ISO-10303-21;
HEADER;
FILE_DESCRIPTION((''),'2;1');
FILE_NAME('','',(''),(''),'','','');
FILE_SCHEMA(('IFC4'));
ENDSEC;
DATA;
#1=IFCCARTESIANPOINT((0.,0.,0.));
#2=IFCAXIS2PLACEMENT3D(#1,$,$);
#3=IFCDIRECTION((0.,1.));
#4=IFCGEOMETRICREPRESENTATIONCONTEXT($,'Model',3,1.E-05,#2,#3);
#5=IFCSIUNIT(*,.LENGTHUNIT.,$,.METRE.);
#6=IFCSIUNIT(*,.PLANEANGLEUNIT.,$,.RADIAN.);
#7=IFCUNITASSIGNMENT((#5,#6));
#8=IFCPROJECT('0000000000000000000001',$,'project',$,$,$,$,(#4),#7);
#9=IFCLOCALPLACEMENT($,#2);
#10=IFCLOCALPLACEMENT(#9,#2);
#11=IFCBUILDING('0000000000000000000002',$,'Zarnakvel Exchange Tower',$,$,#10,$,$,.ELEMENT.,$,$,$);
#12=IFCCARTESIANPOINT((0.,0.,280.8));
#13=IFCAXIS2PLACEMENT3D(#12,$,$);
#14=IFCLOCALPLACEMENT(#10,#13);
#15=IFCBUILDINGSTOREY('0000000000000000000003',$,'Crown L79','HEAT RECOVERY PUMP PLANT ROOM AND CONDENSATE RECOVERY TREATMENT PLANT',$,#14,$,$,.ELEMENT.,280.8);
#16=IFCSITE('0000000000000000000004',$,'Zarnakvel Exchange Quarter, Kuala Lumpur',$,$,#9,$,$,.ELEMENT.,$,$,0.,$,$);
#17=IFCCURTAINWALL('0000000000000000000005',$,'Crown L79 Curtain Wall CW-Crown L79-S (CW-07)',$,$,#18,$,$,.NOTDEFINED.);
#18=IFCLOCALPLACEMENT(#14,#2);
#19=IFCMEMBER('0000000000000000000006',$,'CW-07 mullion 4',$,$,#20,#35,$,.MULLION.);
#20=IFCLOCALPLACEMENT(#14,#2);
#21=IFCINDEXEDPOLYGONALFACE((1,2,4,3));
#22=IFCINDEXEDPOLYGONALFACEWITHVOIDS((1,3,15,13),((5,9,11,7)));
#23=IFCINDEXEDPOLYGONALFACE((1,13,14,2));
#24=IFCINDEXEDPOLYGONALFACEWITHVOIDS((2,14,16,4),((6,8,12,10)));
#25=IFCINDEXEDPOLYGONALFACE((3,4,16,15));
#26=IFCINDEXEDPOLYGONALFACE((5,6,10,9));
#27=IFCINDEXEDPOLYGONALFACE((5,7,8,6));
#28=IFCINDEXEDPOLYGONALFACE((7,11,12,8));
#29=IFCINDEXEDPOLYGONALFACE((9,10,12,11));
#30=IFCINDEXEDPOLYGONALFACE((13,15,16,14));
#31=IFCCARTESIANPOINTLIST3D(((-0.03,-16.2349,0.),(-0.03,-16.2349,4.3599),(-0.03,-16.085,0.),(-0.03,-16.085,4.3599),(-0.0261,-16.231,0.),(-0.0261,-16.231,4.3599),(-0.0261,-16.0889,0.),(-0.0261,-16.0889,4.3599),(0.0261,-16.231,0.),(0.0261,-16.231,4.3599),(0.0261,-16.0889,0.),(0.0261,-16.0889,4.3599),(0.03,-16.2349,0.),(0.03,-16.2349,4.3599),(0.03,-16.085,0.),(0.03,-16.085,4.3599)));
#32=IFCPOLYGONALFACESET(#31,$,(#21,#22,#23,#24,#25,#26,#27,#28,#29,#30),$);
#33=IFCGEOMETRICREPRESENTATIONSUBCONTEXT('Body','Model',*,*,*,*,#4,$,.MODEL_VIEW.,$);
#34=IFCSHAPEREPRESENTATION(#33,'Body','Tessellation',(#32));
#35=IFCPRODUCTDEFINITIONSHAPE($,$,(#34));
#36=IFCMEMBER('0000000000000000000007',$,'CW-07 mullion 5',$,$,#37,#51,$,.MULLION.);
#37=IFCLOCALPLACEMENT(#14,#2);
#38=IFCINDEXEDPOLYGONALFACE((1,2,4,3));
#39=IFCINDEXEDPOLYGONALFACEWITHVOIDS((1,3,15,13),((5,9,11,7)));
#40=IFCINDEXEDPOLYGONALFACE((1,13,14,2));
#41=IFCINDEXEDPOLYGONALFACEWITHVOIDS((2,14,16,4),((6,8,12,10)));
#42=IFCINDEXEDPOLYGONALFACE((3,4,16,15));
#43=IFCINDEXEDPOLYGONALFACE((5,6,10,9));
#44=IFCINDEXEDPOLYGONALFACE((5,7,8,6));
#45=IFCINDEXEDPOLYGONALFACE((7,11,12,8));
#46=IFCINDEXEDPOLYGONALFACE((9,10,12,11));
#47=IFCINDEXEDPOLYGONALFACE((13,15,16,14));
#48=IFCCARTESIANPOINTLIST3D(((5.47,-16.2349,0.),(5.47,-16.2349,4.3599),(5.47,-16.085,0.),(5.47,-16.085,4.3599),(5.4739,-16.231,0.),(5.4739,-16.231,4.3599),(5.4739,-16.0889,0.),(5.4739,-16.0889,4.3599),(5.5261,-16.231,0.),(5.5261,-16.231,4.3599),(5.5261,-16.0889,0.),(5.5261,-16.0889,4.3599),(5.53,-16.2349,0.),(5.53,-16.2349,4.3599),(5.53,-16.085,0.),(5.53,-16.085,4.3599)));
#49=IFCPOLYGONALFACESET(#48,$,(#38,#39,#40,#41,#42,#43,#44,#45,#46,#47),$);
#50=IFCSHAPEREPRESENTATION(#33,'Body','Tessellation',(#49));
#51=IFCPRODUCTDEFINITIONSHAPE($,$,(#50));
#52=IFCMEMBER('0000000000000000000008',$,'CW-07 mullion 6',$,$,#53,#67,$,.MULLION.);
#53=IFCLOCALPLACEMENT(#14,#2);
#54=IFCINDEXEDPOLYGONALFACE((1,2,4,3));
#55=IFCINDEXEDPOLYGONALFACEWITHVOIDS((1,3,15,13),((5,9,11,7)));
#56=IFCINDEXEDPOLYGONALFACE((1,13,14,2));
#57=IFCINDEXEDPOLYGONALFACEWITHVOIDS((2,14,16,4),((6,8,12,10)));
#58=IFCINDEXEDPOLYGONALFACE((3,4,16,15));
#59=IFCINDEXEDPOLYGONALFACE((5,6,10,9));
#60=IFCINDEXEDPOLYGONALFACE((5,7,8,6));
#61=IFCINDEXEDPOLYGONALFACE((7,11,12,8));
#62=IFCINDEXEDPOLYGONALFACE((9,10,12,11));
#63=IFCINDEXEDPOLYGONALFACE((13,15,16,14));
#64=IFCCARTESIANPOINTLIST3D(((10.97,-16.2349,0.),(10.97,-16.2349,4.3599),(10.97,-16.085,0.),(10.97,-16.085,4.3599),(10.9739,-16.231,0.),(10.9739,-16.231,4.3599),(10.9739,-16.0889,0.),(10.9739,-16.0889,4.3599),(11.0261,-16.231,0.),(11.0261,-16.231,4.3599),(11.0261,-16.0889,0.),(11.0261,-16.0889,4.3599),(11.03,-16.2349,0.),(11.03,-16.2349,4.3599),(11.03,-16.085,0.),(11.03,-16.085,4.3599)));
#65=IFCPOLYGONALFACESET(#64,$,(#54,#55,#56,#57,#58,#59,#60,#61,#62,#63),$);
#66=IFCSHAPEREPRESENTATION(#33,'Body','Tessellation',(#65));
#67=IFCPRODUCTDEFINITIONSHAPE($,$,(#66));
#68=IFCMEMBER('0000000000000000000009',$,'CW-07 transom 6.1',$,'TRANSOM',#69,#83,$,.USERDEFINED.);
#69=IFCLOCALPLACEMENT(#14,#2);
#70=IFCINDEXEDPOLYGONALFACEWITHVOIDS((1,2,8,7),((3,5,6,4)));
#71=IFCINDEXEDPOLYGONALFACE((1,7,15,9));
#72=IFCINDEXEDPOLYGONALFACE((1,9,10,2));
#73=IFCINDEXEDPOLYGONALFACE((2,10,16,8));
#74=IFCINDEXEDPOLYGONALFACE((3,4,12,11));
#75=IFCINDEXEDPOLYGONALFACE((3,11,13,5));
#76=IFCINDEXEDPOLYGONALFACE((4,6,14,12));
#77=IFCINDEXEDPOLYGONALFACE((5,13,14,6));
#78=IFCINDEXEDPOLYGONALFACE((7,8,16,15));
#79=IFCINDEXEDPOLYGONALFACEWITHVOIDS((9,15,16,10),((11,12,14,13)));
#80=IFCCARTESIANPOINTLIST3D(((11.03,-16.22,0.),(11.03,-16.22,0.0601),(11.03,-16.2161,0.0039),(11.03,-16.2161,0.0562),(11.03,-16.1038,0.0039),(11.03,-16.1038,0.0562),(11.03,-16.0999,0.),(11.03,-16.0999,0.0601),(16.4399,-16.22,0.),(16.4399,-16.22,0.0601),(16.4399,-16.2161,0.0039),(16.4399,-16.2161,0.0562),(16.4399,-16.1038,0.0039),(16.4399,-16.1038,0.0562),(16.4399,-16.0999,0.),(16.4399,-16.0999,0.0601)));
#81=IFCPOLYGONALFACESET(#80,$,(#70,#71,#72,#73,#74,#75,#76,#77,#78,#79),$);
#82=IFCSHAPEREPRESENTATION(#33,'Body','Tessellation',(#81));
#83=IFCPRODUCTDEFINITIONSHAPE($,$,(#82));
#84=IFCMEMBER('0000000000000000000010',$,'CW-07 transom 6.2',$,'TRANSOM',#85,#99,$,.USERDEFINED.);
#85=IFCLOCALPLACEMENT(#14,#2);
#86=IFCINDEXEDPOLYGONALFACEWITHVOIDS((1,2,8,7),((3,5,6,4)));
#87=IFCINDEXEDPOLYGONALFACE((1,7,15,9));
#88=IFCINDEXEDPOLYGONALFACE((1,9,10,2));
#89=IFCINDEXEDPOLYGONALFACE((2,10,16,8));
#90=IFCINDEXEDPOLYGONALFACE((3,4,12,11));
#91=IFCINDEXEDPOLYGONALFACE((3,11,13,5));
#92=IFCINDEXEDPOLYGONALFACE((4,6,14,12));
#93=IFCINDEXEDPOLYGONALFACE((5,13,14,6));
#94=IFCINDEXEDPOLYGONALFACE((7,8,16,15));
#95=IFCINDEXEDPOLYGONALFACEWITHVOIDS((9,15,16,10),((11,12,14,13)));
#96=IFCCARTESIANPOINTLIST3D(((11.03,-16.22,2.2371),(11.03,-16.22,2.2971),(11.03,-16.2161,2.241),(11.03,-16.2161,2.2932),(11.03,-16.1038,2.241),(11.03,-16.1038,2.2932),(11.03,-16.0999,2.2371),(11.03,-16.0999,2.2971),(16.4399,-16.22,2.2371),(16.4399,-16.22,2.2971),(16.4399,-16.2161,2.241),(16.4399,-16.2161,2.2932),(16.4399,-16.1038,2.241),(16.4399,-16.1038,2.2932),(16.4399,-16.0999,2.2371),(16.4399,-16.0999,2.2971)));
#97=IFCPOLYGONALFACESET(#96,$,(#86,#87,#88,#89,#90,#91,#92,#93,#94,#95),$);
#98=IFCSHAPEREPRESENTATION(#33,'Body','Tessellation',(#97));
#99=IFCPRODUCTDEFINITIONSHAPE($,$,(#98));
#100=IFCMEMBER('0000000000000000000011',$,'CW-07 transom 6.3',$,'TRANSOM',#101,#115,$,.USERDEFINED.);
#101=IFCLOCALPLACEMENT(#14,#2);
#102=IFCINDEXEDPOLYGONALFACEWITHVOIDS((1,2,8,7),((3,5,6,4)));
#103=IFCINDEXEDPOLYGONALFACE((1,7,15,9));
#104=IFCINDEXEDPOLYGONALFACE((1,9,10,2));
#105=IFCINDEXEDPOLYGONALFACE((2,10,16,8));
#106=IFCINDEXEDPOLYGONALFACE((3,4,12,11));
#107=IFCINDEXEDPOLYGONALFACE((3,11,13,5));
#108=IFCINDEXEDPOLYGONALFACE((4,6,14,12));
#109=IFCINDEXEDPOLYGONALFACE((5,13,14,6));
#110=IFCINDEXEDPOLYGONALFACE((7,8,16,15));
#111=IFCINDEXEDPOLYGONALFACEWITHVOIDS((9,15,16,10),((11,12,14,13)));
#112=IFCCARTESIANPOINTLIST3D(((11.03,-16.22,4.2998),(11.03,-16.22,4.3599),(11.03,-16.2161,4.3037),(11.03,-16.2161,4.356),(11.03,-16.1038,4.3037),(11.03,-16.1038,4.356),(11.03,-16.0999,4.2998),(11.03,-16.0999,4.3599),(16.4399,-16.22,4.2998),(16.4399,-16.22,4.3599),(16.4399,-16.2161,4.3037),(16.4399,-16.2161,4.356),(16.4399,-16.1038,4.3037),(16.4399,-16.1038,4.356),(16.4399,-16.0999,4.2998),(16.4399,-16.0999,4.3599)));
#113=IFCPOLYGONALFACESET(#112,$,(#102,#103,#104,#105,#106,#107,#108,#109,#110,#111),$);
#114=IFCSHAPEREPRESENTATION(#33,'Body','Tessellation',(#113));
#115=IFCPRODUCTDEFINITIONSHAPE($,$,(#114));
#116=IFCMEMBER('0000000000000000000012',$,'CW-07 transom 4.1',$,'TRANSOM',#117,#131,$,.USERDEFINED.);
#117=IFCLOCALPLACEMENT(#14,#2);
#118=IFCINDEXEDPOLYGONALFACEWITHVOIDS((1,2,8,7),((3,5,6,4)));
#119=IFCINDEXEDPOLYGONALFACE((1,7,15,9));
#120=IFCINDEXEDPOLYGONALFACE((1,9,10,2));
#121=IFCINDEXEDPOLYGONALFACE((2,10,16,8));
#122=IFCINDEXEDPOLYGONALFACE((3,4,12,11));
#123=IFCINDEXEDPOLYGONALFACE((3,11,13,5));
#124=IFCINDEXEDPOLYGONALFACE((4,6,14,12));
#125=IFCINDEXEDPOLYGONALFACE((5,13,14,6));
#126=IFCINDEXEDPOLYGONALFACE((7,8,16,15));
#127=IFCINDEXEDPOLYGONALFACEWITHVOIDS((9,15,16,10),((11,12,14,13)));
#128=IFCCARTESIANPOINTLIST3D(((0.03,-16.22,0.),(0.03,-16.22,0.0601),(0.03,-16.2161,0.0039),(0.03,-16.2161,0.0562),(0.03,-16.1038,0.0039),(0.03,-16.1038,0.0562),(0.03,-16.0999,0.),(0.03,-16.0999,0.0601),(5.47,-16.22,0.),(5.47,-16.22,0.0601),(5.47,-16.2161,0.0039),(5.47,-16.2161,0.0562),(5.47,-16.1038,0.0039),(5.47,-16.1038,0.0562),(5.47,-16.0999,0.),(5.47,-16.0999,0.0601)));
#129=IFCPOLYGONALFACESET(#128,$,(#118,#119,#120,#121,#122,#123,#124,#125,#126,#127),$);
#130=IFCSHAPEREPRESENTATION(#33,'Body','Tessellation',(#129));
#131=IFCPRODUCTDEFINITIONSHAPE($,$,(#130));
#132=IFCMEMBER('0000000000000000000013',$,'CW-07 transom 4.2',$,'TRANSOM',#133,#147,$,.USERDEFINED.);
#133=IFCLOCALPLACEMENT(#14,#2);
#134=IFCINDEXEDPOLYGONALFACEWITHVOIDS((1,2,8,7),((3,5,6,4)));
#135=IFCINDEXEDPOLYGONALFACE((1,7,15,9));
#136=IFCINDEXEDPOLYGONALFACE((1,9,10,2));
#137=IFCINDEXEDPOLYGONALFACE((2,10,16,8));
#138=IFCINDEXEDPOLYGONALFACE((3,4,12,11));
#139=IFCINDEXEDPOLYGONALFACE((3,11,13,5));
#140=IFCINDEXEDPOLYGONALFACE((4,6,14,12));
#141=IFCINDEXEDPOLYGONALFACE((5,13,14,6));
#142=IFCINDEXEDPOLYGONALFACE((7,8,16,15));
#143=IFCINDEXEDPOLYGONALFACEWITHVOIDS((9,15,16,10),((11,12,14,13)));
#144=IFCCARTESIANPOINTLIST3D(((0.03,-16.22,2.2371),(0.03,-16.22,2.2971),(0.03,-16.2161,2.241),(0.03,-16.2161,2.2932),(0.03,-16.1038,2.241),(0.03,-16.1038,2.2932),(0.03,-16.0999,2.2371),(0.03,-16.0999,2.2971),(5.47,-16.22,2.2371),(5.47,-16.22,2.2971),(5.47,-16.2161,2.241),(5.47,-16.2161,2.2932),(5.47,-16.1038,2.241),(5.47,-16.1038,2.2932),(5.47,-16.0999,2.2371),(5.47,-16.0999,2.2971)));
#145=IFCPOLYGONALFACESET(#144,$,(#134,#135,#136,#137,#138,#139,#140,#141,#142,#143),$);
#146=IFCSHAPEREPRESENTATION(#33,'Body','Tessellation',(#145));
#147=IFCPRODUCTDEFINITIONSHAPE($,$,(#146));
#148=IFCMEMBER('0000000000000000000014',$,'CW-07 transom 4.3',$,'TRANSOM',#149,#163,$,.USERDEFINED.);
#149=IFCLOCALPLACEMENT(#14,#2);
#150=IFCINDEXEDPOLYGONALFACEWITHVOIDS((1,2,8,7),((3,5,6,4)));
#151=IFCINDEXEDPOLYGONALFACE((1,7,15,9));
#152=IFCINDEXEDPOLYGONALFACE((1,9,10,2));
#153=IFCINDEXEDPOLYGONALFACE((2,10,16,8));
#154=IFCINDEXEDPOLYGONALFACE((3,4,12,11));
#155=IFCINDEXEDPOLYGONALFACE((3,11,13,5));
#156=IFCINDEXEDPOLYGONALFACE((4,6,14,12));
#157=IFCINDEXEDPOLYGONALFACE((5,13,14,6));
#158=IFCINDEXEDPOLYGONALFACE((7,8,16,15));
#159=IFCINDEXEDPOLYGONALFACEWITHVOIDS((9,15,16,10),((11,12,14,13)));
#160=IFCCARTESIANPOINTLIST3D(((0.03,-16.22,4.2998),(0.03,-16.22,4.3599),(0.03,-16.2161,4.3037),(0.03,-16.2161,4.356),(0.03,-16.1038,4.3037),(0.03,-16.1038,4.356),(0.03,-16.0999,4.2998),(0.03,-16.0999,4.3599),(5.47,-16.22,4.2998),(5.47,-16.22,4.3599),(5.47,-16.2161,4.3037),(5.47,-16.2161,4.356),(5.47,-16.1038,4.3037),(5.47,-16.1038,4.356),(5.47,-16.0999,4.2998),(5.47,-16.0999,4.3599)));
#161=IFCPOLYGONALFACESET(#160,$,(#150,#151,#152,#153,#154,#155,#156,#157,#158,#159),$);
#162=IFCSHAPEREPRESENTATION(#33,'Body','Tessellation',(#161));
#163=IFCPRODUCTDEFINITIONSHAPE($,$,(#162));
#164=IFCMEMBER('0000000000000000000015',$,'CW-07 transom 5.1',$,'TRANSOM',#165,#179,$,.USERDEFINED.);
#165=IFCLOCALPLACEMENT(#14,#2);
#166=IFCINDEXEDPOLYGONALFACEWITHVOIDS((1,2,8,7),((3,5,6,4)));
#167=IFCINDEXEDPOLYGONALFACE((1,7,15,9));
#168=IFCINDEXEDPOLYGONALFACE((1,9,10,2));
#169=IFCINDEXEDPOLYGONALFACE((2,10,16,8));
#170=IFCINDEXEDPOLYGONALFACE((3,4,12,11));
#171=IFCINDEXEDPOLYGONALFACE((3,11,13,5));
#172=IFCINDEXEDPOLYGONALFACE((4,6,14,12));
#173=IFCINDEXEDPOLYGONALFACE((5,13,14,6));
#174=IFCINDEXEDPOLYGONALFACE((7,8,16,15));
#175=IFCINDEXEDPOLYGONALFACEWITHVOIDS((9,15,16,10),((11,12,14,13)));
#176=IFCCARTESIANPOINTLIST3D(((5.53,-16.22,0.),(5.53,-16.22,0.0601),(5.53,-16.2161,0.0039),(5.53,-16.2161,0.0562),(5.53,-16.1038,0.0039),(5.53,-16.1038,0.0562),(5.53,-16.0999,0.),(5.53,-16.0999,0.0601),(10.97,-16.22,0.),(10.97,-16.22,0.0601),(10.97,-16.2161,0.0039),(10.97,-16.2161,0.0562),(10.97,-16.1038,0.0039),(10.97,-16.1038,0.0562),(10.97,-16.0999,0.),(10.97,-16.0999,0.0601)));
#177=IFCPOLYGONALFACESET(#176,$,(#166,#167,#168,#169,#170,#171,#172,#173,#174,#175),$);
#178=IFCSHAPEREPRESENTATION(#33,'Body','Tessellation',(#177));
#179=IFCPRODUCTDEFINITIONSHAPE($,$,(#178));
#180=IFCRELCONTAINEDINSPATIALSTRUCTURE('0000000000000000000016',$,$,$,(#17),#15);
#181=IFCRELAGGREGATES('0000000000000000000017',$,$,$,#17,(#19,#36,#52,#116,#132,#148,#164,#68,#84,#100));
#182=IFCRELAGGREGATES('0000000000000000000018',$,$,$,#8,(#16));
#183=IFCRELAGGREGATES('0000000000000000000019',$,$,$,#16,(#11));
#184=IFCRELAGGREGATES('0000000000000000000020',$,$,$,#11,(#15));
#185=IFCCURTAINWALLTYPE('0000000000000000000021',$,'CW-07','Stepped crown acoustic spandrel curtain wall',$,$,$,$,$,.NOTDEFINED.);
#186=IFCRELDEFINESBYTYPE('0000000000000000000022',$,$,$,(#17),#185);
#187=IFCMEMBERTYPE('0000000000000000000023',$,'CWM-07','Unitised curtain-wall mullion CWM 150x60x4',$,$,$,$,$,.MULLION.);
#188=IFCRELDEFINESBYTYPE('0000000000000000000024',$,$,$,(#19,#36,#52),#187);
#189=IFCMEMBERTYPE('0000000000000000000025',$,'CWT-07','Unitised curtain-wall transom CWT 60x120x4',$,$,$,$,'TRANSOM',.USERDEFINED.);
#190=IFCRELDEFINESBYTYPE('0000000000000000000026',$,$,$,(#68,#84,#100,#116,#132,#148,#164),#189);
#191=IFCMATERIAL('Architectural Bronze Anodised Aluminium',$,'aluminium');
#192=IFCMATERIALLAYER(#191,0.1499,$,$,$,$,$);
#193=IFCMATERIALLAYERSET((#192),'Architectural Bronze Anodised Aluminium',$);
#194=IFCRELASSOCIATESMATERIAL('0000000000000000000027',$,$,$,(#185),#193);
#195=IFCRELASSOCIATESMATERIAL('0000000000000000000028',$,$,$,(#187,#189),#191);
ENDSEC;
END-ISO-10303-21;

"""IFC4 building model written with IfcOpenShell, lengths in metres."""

from ifc_helpers import new_model, si_unit, direction, frame, origin, origin_2d, place, context, subcontext, project, spatial, hollow_rectangle, extrude, source, transform, mapped, material, layer, layer_set, material_profile, profile_set, type_object, element, aggregate, save


model = new_model("IFC4")

# Units and contexts
model_context = context("Model", 3, precision=1e-05, world=origin(), true_north=direction((0.0, 1.0)))
body_context = subcontext(model_context, "Body", "Model", "MODEL_VIEW")
ifc_project = project(units=[si_unit("LENGTHUNIT", "METRE"), si_unit("PLANEANGLEUNIT", "RADIAN")], contexts=[model_context])

# Site, building, storey
site_placement = place(None, origin())
site = spatial("IfcSite", under=ifc_project, at=site_placement, Name="Zarnakvel Exchange Quarter, Kuala Lumpur", CompositionType="ELEMENT", RefElevation=0.0)
building_placement = place(site_placement, origin())
building = spatial("IfcBuilding", under=site, at=building_placement, Name="Zarnakvel Exchange Tower", CompositionType="ELEMENT")
storey_placement = place(building_placement, frame((0.0, 0.0, 280.8)))
storey = spatial("IfcBuildingStorey", under=building, at=storey_placement, Name="Crown L79", Description="HEAT RECOVERY PUMP PLANT ROOM AND CONDENSATE RECOVERY TREATMENT PLANT", CompositionType="ELEMENT", Elevation=280.8)

# Curtain wall, members
ifc_material_1 = material(Name="Architectural Bronze Anodised Aluminium", Category="aluminium")
ifc_layer_1 = layer(ifc_material_1, 0.1499)
ifc_layer_set_1 = layer_set([ifc_layer_1], Name="Architectural Bronze Anodised Aluminium")
curtain_wall_type = type_object("IfcCurtainWallType", Name="CW-07", Description="Stepped crown acoustic spandrel curtain wall", PredefinedType="NOTDEFINED", material=ifc_layer_set_1)
curtain_wall_placement = place(storey_placement, origin())
curtain_wall = element("IfcCurtainWall", 1, at=curtain_wall_placement, inside=storey, type_object=curtain_wall_type, Name="Crown L79 Curtain Wall CW-Crown L79-S (CW-07)", PredefinedType="NOTDEFINED")
ifc_material_profile_1 = material_profile(ifc_material_1, hollow_rectangle(XDim=0.1499, YDim=0.0601, WallThickness=0.0039, at=origin_2d()))
ifc_profile_set_1 = profile_set([ifc_material_profile_1], Name="Architectural Bronze Anodised Aluminium")
member_type_1 = type_object("IfcMemberType", Name="CWM-07", Description="Unitised curtain-wall mullion CWM 150x60x4", PredefinedType="MULLION", material=ifc_profile_set_1)
shared_shape_1 = source(origin(), body_context, "Body", "SweptSolid", [
    extrude(hollow_rectangle(XDim=0.1499, YDim=0.0601, WallThickness=0.0039, at=origin_2d()), origin(), (0.0, 0.0, 1.0), 4.3599),
])
member_1_placement = place(storey_placement, frame((0.0, -16.1599, 0.0), z_axis=(0.0, 0.0, 1.0), x_axis=(0.0, 1.0, 0.0)))
member_1 = element("IfcMember", 2, at=member_1_placement, type_object=member_type_1, Name="CW-07 mullion 4", PredefinedType="MULLION", context=body_context, shape_type="MappedRepresentation", body=[
    mapped(shared_shape_1, transform((0.0, 0.0, 0.0), x_axis=(1.0, 0.0, 0.0), y_axis=(0.0, 1.0, 0.0), z_axis=(0.0, 0.0, 1.0), scale=1.0)),
])
member_2_placement = place(storey_placement, frame((5.5, -16.1599, 0.0), z_axis=(0.0, 0.0, 1.0), x_axis=(0.0, 1.0, 0.0)))
member_2 = element("IfcMember", 3, at=member_2_placement, type_object=member_type_1, Name="CW-07 mullion 5", PredefinedType="MULLION", context=body_context, shape_type="MappedRepresentation", body=[
    mapped(shared_shape_1, transform((0.0, 0.0, 0.0), x_axis=(1.0, 0.0, 0.0), y_axis=(0.0, 1.0, 0.0), z_axis=(0.0, 0.0, 1.0), scale=1.0)),
])
member_3_placement = place(storey_placement, frame((11.0, -16.1599, 0.0), z_axis=(0.0, 0.0, 1.0), x_axis=(0.0, 1.0, 0.0)))
member_3 = element("IfcMember", 4, at=member_3_placement, type_object=member_type_1, Name="CW-07 mullion 6", PredefinedType="MULLION", context=body_context, shape_type="MappedRepresentation", body=[
    mapped(shared_shape_1, transform((0.0, 0.0, 0.0), x_axis=(1.0, 0.0, 0.0), y_axis=(0.0, 1.0, 0.0), z_axis=(0.0, 0.0, 1.0), scale=1.0)),
])
ifc_material_profile_2 = material_profile(ifc_material_1, hollow_rectangle(XDim=0.1201, YDim=0.0601, WallThickness=0.0039, at=origin_2d()))
ifc_profile_set_2 = profile_set([ifc_material_profile_2], Name="Architectural Bronze Anodised Aluminium")
member_type_2 = type_object("IfcMemberType", Name="CWT-07", Description="Unitised curtain-wall transom CWT 60x120x4", ElementType="TRANSOM", PredefinedType="USERDEFINED", material=ifc_profile_set_2)
shared_shape_2 = source(origin(), body_context, "Body", "SweptSolid", [
    extrude(hollow_rectangle(XDim=0.1201, YDim=0.0601, WallThickness=0.0039, at=origin_2d()), origin(), (0.0, 0.0, 1.0), 5.4099),
])
member_4_placement = place(storey_placement, frame((11.03, -16.1599, 0.03), z_axis=(1.0, 0.0, 0.0), x_axis=(0.0, 1.0, 0.0)))
member_4 = element("IfcMember", 5, at=member_4_placement, type_object=member_type_2, Name="CW-07 transom 6.1", ObjectType="TRANSOM", PredefinedType="USERDEFINED", context=body_context, shape_type="MappedRepresentation", body=[
    mapped(shared_shape_2, transform((0.0, 0.0, 0.0), x_axis=(1.0, 0.0, 0.0), y_axis=(0.0, 1.0, 0.0), z_axis=(0.0, 0.0, 1.0), scale=1.0)),
])
member_5_placement = place(storey_placement, frame((11.03, -16.1599, 2.2671), z_axis=(1.0, 0.0, 0.0), x_axis=(0.0, 1.0, 0.0)))
member_5 = element("IfcMember", 6, at=member_5_placement, type_object=member_type_2, Name="CW-07 transom 6.2", ObjectType="TRANSOM", PredefinedType="USERDEFINED", context=body_context, shape_type="MappedRepresentation", body=[
    mapped(shared_shape_2, transform((0.0, 0.0, 0.0), x_axis=(1.0, 0.0, 0.0), y_axis=(0.0, 1.0, 0.0), z_axis=(0.0, 0.0, 1.0), scale=1.0)),
])
member_6_placement = place(storey_placement, frame((11.03, -16.1599, 4.3298), z_axis=(1.0, 0.0, 0.0), x_axis=(0.0, 1.0, 0.0)))
member_6 = element("IfcMember", 7, at=member_6_placement, type_object=member_type_2, Name="CW-07 transom 6.3", ObjectType="TRANSOM", PredefinedType="USERDEFINED", context=body_context, shape_type="MappedRepresentation", body=[
    mapped(shared_shape_2, transform((0.0, 0.0, 0.0), x_axis=(1.0, 0.0, 0.0), y_axis=(0.0, 1.0, 0.0), z_axis=(0.0, 0.0, 1.0), scale=1.0)),
])
shared_shape_3 = source(origin(), body_context, "Body", "SweptSolid", [
    extrude(hollow_rectangle(XDim=0.1201, YDim=0.0601, WallThickness=0.0039, at=origin_2d()), origin(), (0.0, 0.0, 1.0), 5.4399),
])
member_7_placement = place(storey_placement, frame((0.03, -16.1599, 0.03), z_axis=(1.0, 0.0, 0.0), x_axis=(0.0, 1.0, 0.0)))
member_7 = element("IfcMember", 8, at=member_7_placement, type_object=member_type_2, Name="CW-07 transom 4.1", ObjectType="TRANSOM", PredefinedType="USERDEFINED", context=body_context, shape_type="MappedRepresentation", body=[
    mapped(shared_shape_3, transform((0.0, 0.0, 0.0), x_axis=(1.0, 0.0, 0.0), y_axis=(0.0, 1.0, 0.0), z_axis=(0.0, 0.0, 1.0), scale=1.0)),
])
member_8_placement = place(storey_placement, frame((0.03, -16.1599, 2.2671), z_axis=(1.0, 0.0, 0.0), x_axis=(0.0, 1.0, 0.0)))
member_8 = element("IfcMember", 9, at=member_8_placement, type_object=member_type_2, Name="CW-07 transom 4.2", ObjectType="TRANSOM", PredefinedType="USERDEFINED", context=body_context, shape_type="MappedRepresentation", body=[
    mapped(shared_shape_3, transform((0.0, 0.0, 0.0), x_axis=(1.0, 0.0, 0.0), y_axis=(0.0, 1.0, 0.0), z_axis=(0.0, 0.0, 1.0), scale=1.0)),
])
member_9_placement = place(storey_placement, frame((0.03, -16.1599, 4.3298), z_axis=(1.0, 0.0, 0.0), x_axis=(0.0, 1.0, 0.0)))
member_9 = element("IfcMember", 10, at=member_9_placement, type_object=member_type_2, Name="CW-07 transom 4.3", ObjectType="TRANSOM", PredefinedType="USERDEFINED", context=body_context, shape_type="MappedRepresentation", body=[
    mapped(shared_shape_3, transform((0.0, 0.0, 0.0), x_axis=(1.0, 0.0, 0.0), y_axis=(0.0, 1.0, 0.0), z_axis=(0.0, 0.0, 1.0), scale=1.0)),
])
member_10_placement = place(storey_placement, frame((5.53, -16.1599, 0.03), z_axis=(1.0, 0.0, 0.0), x_axis=(0.0, 1.0, 0.0)))
member_10 = element("IfcMember", 11, at=member_10_placement, type_object=member_type_2, Name="CW-07 transom 5.1", ObjectType="TRANSOM", PredefinedType="USERDEFINED", context=body_context, shape_type="MappedRepresentation", body=[
    mapped(shared_shape_3, transform((0.0, 0.0, 0.0), x_axis=(1.0, 0.0, 0.0), y_axis=(0.0, 1.0, 0.0), z_axis=(0.0, 0.0, 1.0), scale=1.0)),
])

aggregate(curtain_wall, [member_1, member_2, member_3, member_7, member_8, member_9, member_10, member_4, member_5, member_6])

save(model, "model.ifc")
